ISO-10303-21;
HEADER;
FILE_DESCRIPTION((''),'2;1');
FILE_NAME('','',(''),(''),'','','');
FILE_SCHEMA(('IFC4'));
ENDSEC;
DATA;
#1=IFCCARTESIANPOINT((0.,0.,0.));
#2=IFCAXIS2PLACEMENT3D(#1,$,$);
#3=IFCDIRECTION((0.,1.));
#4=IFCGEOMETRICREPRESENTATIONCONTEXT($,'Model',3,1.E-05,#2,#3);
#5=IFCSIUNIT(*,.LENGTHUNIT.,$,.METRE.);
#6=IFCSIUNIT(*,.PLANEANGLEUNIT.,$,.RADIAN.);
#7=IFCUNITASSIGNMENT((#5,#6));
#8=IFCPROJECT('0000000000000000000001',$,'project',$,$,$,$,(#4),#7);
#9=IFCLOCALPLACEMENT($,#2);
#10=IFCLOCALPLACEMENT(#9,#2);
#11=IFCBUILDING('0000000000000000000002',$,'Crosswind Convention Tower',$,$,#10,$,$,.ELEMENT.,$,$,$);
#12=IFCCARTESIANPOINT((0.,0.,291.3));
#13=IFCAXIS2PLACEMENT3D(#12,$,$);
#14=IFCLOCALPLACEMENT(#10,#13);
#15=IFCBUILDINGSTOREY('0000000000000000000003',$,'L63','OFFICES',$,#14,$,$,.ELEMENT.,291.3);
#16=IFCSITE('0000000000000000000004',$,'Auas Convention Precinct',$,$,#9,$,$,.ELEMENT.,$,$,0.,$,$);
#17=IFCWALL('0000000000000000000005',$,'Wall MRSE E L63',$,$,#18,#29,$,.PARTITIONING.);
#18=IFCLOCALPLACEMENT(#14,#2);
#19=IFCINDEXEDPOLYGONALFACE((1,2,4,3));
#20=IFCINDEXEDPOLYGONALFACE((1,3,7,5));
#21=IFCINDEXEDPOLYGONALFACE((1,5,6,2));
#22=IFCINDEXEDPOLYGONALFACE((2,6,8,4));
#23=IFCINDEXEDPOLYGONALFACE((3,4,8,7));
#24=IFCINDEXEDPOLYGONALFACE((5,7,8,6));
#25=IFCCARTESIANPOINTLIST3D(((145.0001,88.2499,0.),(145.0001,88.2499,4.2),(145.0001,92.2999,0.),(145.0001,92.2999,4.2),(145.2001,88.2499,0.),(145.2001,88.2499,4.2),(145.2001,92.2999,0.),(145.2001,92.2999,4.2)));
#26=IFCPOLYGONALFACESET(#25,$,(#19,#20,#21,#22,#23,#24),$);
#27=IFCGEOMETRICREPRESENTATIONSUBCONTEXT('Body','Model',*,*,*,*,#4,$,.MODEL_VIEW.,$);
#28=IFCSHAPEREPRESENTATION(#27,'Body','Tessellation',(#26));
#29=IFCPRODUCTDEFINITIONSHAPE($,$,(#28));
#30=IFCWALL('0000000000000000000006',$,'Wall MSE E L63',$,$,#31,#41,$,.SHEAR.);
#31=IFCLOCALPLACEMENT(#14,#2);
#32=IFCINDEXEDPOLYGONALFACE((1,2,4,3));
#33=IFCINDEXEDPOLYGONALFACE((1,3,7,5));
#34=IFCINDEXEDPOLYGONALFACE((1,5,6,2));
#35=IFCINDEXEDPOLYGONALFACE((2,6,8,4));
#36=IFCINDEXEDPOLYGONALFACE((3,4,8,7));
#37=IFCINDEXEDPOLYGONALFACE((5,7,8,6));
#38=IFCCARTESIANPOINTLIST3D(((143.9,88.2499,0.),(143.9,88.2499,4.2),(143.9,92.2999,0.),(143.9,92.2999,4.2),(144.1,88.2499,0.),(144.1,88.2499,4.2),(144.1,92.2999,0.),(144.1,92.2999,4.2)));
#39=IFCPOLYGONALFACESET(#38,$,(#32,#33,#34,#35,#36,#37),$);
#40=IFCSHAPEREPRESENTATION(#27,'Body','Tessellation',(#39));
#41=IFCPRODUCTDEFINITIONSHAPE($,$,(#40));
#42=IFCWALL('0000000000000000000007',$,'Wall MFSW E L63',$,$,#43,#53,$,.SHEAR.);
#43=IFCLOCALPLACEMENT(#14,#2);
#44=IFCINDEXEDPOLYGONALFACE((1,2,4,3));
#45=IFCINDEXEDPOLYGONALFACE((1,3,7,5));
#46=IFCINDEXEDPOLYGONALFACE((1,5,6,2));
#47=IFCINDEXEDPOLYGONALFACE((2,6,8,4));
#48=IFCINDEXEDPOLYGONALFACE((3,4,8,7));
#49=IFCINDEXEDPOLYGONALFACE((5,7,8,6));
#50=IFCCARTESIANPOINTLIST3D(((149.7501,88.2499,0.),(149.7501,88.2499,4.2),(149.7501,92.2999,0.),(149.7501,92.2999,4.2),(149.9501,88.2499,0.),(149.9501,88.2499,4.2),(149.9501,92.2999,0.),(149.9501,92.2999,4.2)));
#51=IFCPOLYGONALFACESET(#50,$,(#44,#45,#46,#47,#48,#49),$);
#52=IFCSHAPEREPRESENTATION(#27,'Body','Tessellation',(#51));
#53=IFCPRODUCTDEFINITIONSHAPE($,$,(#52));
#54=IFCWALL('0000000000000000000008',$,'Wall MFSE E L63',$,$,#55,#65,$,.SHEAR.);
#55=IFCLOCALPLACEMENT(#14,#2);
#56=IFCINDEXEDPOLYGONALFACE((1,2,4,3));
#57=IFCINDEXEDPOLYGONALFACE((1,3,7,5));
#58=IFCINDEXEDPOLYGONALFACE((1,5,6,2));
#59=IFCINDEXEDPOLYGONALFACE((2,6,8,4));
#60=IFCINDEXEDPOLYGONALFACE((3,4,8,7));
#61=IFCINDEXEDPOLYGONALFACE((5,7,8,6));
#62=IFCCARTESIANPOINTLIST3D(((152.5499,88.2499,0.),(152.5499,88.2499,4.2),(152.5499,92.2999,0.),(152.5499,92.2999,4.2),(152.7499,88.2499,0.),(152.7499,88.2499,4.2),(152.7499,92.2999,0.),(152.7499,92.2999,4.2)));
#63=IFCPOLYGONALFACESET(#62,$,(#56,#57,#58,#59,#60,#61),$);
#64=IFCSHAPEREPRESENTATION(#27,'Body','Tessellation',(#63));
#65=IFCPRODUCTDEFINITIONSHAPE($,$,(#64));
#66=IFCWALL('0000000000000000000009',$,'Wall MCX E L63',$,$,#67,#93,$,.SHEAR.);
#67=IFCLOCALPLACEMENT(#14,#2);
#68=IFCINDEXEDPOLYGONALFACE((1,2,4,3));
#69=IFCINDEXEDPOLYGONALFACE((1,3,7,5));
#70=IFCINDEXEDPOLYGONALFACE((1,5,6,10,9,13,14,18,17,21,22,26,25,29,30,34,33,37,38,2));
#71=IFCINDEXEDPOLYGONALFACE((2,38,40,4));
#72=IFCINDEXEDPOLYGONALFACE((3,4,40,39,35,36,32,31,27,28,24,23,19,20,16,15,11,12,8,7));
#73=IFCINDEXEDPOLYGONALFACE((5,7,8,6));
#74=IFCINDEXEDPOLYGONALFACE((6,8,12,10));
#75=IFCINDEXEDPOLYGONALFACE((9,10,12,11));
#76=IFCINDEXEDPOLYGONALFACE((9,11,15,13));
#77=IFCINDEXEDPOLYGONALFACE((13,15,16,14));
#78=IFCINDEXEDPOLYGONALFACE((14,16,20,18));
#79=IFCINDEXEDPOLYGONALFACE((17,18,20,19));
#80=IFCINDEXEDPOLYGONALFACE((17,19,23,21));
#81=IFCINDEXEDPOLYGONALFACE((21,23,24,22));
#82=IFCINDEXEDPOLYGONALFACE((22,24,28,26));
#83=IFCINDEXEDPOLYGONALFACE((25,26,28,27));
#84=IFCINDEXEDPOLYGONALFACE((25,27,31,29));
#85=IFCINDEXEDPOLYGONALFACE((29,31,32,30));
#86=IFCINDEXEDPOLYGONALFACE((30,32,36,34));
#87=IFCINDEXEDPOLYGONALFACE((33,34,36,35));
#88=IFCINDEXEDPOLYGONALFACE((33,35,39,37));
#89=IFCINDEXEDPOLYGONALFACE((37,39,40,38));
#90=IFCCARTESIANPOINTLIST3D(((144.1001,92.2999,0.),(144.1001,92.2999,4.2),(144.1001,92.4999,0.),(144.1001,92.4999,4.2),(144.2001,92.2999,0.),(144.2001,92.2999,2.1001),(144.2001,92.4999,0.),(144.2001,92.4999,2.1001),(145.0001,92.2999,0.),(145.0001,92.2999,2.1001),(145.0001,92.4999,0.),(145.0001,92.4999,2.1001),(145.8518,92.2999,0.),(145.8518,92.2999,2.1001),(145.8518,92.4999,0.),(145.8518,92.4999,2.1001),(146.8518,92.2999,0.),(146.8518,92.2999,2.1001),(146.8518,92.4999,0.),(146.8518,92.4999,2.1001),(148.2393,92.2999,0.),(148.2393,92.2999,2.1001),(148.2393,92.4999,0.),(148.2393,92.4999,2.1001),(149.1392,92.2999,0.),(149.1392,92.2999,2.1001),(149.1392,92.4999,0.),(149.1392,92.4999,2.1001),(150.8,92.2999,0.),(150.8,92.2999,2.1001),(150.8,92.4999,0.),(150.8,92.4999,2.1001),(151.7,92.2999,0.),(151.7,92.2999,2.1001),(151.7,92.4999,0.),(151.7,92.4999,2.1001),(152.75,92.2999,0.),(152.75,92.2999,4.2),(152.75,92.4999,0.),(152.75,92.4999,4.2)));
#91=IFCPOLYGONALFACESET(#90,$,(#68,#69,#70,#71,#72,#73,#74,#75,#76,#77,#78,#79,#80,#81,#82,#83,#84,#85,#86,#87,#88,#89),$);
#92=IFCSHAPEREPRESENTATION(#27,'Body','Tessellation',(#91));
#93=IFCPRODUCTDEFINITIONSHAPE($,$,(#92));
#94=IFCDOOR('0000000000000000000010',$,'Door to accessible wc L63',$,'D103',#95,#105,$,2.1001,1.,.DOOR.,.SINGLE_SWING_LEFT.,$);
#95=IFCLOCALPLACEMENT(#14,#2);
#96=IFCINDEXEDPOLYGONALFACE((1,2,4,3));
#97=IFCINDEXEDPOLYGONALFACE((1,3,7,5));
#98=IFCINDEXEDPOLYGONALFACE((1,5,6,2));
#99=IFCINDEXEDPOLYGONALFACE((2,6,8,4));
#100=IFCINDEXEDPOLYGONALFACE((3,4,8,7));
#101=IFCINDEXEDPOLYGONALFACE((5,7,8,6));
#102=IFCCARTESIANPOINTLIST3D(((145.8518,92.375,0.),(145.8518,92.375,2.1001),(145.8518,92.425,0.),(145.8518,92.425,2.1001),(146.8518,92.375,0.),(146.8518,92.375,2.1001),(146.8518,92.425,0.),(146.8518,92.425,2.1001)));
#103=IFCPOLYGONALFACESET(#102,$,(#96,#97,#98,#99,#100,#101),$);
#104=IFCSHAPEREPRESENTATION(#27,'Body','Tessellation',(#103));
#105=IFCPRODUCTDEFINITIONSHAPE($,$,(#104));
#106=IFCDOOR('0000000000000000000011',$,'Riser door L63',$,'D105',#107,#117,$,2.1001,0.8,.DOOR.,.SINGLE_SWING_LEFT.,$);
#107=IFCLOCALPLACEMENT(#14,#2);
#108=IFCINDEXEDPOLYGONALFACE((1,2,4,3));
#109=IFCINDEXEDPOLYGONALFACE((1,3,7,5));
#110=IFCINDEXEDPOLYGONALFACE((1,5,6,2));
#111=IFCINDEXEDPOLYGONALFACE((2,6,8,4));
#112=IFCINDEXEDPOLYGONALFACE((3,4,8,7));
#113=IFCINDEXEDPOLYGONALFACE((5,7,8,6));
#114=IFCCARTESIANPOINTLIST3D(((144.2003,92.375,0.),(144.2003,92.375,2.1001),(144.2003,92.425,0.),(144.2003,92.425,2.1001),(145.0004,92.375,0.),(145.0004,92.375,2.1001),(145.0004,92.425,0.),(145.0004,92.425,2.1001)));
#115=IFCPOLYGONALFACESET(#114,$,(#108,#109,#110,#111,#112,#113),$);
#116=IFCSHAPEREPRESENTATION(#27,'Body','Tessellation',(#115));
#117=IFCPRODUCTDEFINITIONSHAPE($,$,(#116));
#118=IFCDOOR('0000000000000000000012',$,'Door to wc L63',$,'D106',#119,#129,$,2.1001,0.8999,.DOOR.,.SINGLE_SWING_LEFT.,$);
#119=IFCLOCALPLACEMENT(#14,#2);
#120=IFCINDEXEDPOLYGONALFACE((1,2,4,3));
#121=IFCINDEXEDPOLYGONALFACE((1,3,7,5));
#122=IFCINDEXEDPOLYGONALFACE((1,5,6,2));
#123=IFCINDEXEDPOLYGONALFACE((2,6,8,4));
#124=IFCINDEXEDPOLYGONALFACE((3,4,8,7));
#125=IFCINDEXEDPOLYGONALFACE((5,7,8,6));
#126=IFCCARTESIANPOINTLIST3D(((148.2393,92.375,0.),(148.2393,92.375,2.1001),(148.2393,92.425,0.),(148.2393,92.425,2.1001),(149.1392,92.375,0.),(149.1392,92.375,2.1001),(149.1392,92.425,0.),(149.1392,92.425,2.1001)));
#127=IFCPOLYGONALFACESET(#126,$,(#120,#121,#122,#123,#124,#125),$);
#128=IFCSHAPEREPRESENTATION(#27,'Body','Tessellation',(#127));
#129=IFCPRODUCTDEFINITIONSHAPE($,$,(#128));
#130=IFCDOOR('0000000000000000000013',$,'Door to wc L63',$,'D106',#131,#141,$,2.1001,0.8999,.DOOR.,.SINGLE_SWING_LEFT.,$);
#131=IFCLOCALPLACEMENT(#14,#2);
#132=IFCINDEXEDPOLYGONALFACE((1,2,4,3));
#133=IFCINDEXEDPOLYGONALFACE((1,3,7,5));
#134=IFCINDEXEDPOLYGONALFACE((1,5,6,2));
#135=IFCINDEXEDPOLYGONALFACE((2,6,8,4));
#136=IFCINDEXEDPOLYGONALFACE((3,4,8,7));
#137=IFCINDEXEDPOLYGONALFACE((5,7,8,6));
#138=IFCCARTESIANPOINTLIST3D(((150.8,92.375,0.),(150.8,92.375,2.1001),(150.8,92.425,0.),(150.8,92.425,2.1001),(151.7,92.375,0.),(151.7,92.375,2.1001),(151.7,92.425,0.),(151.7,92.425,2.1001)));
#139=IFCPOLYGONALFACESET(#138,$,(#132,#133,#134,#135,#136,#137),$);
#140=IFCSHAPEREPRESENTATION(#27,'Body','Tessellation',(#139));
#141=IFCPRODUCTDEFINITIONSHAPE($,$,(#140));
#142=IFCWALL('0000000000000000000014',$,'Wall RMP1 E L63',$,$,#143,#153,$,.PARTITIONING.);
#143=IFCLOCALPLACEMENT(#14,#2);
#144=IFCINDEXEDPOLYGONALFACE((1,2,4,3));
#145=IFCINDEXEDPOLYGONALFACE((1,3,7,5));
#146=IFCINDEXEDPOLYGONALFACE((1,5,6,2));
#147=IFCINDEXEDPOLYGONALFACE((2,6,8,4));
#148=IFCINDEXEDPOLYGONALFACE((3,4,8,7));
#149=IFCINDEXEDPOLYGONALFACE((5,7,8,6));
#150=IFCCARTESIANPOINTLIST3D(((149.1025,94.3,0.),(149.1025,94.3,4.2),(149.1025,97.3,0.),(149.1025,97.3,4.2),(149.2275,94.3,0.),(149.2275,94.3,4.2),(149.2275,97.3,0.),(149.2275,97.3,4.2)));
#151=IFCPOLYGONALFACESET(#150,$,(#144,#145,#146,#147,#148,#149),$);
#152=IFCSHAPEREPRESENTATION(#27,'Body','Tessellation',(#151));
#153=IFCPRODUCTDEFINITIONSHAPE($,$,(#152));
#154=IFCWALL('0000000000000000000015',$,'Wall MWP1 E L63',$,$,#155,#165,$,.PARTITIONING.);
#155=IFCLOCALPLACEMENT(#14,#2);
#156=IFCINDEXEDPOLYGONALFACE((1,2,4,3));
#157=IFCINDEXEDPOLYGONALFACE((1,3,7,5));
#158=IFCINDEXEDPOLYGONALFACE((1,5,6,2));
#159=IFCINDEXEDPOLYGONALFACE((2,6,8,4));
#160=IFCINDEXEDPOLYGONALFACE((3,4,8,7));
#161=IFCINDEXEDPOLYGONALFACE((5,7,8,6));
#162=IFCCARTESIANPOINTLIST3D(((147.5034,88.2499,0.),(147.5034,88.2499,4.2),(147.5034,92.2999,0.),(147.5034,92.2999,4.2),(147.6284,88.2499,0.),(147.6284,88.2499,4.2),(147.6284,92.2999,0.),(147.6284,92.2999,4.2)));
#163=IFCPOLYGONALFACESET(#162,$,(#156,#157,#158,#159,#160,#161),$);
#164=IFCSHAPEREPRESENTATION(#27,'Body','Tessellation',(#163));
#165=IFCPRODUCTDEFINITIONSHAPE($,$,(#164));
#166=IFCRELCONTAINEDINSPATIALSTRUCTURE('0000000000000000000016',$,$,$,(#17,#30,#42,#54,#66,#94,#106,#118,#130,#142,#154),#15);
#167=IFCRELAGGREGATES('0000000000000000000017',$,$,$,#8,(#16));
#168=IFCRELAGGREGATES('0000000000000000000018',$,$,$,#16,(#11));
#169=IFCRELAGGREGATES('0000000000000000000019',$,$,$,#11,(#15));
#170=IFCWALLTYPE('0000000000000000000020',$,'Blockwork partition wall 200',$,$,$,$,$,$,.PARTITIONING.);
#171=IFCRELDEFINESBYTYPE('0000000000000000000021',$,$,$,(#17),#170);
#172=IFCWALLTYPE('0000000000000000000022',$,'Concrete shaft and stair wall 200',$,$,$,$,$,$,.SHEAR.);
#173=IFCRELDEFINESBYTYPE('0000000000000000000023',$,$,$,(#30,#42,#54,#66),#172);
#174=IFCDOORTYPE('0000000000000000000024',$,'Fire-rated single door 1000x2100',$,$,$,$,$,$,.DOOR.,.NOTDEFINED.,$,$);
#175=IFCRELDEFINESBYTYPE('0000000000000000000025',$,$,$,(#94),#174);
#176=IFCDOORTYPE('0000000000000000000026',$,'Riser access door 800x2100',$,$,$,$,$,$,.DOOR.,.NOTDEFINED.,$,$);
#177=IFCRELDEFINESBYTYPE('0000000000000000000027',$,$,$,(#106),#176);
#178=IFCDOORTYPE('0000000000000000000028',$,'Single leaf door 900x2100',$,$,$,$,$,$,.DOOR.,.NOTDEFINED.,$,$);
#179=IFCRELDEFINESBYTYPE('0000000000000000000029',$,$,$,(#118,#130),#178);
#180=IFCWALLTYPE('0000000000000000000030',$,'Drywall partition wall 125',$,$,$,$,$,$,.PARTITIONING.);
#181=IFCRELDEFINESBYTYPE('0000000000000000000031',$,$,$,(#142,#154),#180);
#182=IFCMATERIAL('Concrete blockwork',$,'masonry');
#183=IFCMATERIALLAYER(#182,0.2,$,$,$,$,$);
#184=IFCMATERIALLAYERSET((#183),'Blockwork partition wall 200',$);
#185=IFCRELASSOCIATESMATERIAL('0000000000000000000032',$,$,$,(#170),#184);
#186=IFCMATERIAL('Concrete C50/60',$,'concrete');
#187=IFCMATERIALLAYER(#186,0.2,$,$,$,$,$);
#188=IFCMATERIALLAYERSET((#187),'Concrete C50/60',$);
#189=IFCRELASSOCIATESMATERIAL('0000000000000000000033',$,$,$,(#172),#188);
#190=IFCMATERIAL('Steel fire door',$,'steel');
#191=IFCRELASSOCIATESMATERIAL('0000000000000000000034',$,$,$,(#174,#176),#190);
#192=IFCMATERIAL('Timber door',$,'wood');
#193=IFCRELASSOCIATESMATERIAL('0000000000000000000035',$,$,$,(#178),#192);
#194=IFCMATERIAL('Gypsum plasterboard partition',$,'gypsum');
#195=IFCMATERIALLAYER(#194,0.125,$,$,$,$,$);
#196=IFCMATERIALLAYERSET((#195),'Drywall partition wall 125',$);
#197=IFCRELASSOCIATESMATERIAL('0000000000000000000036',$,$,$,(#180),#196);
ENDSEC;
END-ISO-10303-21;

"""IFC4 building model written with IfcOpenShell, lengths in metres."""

from ifc_helpers import new_model, si_unit, direction, frame, frame_2d, origin, place, context, subcontext, project, spatial, rectangle, extrude, material, layer, layer_set, type_object, element, fill, save


model = new_model("IFC4")

# Units and contexts
model_context = context("Model", 3, precision=1e-05, world=origin(), true_north=direction((0.0, 1.0)))
body_context = subcontext(model_context, "Body", "Model", "MODEL_VIEW")
ifc_project = project(units=[si_unit("LENGTHUNIT", "METRE"), si_unit("PLANEANGLEUNIT", "RADIAN")], contexts=[model_context])

# Site, building, storey
site_placement = place(None, origin())
site = spatial("IfcSite", under=ifc_project, at=site_placement, Name="Auas Convention Precinct", CompositionType="ELEMENT", RefElevation=0.0)
building_placement = place(site_placement, origin())
building = spatial("IfcBuilding", under=site, at=building_placement, Name="Crosswind Convention Tower", CompositionType="ELEMENT")
storey_placement = place(building_placement, frame((0.0, 0.0, 291.3)))
storey = spatial("IfcBuildingStorey", under=building, at=storey_placement, Name="L63", Description="OFFICES", CompositionType="ELEMENT", Elevation=291.3)

# Walls
ifc_material_1 = material(Name="Concrete blockwork", Category="masonry")
ifc_layer_1 = layer(ifc_material_1, 0.2)
ifc_layer_set_1 = layer_set([ifc_layer_1], Name="Blockwork partition wall 200")
wall_type_1 = type_object("IfcWallType", Name="Blockwork partition wall 200", PredefinedType="PARTITIONING", material=ifc_layer_set_1)
wall_1_placement = place(storey_placement, frame((145.1001, 88.25, 0.0), z_axis=(0.0, 0.0, 1.0), x_axis=(0.0, 1.0, 0.0)))
element("IfcWall", 1, at=wall_1_placement, inside=storey, type_object=wall_type_1, Name="Wall MRSE E L63", PredefinedType="PARTITIONING", context=body_context, shape_type="SweptSolid", body=[
    extrude(rectangle(XDim=4.05, YDim=0.2, at=frame_2d((2.0249, 0.0))), origin(), (0.0, 0.0, 1.0), 4.2),
])
ifc_material_2 = material(Name="Concrete C50/60", Category="concrete")
ifc_layer_2 = layer(ifc_material_2, 0.2)
ifc_layer_set_2 = layer_set([ifc_layer_2], Name="Concrete C50/60")
wall_type_2 = type_object("IfcWallType", Name="Concrete shaft and stair wall 200", PredefinedType="SHEAR", material=ifc_layer_set_2)
for number, where, z_axis, x_axis, name in (
    (2, (144.0, 88.25, 0.0), (0.0, 0.0, 1.0), (0.0, 1.0, 0.0), "Wall MSE E L63"),
    (3, (149.8501, 88.25, 0.0), (0.0, 0.0, 1.0), (0.0, 1.0, 0.0), "Wall MFSW E L63"),
    (4, (152.6499, 88.25, 0.0), (0.0, 0.0, 1.0), (0.0, 1.0, 0.0), "Wall MFSE E L63"),
):
    element("IfcWall", number, at=place(storey_placement, frame(where, z_axis=z_axis, x_axis=x_axis)), inside=storey, type_object=wall_type_2, Name=name, PredefinedType="SHEAR", context=body_context, shape_type="SweptSolid", body=[
        extrude(rectangle(XDim=4.05, YDim=0.2, at=frame_2d((2.0249, 0.0))), origin(), (0.0, 0.0, 1.0), 4.2),
    ])

# Wall, openings, doors
wall_2_placement = place(storey_placement, frame((144.1001, 92.3999, 0.0), z_axis=(0.0, 0.0, 1.0), x_axis=(1.0, 0.0, 0.0)))
wall_2 = element("IfcWall", 5, at=wall_2_placement, inside=storey, type_object=wall_type_2, Name="Wall MCX E L63", PredefinedType="SHEAR", context=body_context, shape_type="SweptSolid", body=[
    extrude(rectangle(XDim=8.6499, YDim=0.2, at=frame_2d((4.325, 0.0))), origin(), (0.0, 0.0, 1.0), 4.2),
])
opening_1_placement = place(wall_2_placement, frame((0.1001, 0.0, 0.0)))
opening_1 = element("IfcOpeningElement", 6, at=opening_1_placement, cuts=wall_2, PredefinedType="OPENING", context=body_context, shape_type="SweptSolid", body=[
    extrude(rectangle(XDim=0.8, YDim=2.1001, at=frame_2d((0.3999, 1.05))), frame((0.0, 0.1099, 0.0), z_axis=(0.0, -1.0, 0.0), x_axis=(1.0, 0.0, 0.0)), (0.0, 0.0, 1.0), 0.22),
])
opening_2_placement = place(wall_2_placement, frame((1.7517, 0.0, 0.0)))
opening_2 = element("IfcOpeningElement", 7, at=opening_2_placement, cuts=wall_2, PredefinedType="OPENING", context=body_context, shape_type="SweptSolid", body=[
    extrude(rectangle(XDim=1.0, YDim=2.1001, at=frame_2d((0.5, 1.05))), frame((0.0, 0.1099, 0.0), z_axis=(0.0, -1.0, 0.0), x_axis=(1.0, 0.0, 0.0)), (0.0, 0.0, 1.0), 0.22),
])
opening_3_placement = place(wall_2_placement, frame((4.1392, 0.0, 0.0)))
opening_3 = element("IfcOpeningElement", 8, at=opening_3_placement, cuts=wall_2, PredefinedType="OPENING", context=body_context, shape_type="SweptSolid", body=[
    extrude(rectangle(XDim=0.8999, YDim=2.1001, at=frame_2d((0.45, 1.05))), frame((0.0, 0.1099, 0.0), z_axis=(0.0, -1.0, 0.0), x_axis=(1.0, 0.0, 0.0)), (0.0, 0.0, 1.0), 0.22),
])
opening_4_placement = place(wall_2_placement, frame((6.7, 0.0, 0.0)))
opening_4 = element("IfcOpeningElement", 9, at=opening_4_placement, cuts=wall_2, PredefinedType="OPENING", context=body_context, shape_type="SweptSolid", body=[
    extrude(rectangle(XDim=0.8999, YDim=2.1001, at=frame_2d((0.45, 1.05))), frame((0.0, 0.1099, 0.0), z_axis=(0.0, -1.0, 0.0), x_axis=(1.0, 0.0, 0.0)), (0.0, 0.0, 1.0), 0.22),
])
ifc_material_3 = material(Name="Steel fire door", Category="steel")
door_type_1 = type_object("IfcDoorType", Name="Fire-rated single door 1000x2100", OperationType="NOTDEFINED", PredefinedType="DOOR", material=ifc_material_3)
door_1_placement = place(opening_2_placement, frame((1.0, 0.0, 0.0), z_axis=(0.0, 0.0, 1.0), x_axis=(-1.0, 0.0, 0.0)))
door_1 = element("IfcDoor", 10, at=door_1_placement, inside=storey, type_object=door_type_1, Name="Door to accessible wc L63", ObjectType="D103", OperationType="SINGLE_SWING_LEFT", OverallHeight=2.1001, OverallWidth=1.0, PredefinedType="DOOR", context=body_context, shape_type="SweptSolid", body=[
    extrude(rectangle(XDim=1.0, YDim=2.1001, at=frame_2d((0.5, 1.05))), frame((0.0, 0.0249, 0.0), z_axis=(0.0, -1.0, 0.0), x_axis=(1.0, 0.0, 0.0)), (0.0, 0.0, 1.0), 0.05),
])
fill(opening_2, door_1)
door_type_2 = type_object("IfcDoorType", Name="Riser access door 800x2100", OperationType="NOTDEFINED", PredefinedType="DOOR", material=ifc_material_3)
door_2_placement = place(opening_1_placement, frame((0.8, 0.0, 0.0), z_axis=(0.0, 0.0, 1.0), x_axis=(-1.0, 0.0, 0.0)))
door_2 = element("IfcDoor", 11, at=door_2_placement, inside=storey, type_object=door_type_2, Name="Riser door L63", ObjectType="D105", OperationType="SINGLE_SWING_LEFT", OverallHeight=2.1001, OverallWidth=0.8, PredefinedType="DOOR", context=body_context, shape_type="SweptSolid", body=[
    extrude(rectangle(XDim=0.8, YDim=2.1001, at=frame_2d((0.3999, 1.05))), frame((0.0, 0.0249, 0.0), z_axis=(0.0, -1.0, 0.0), x_axis=(1.0, 0.0, 0.0)), (0.0, 0.0, 1.0), 0.05),
])
fill(opening_1, door_2)
ifc_material_4 = material(Name="Timber door", Category="wood")
door_type_3 = type_object("IfcDoorType", Name="Single leaf door 900x2100", OperationType="NOTDEFINED", PredefinedType="DOOR", material=ifc_material_4)
door_3_placement = place(opening_3_placement, frame((0.8999, 0.0, 0.0), z_axis=(0.0, 0.0, 1.0), x_axis=(-1.0, 0.0, 0.0)))
door_3 = element("IfcDoor", 12, at=door_3_placement, inside=storey, type_object=door_type_3, Name="Door to wc L63", ObjectType="D106", OperationType="SINGLE_SWING_LEFT", OverallHeight=2.1001, OverallWidth=0.8999, PredefinedType="DOOR", context=body_context, shape_type="SweptSolid", body=[
    extrude(rectangle(XDim=0.8999, YDim=2.1001, at=frame_2d((0.45, 1.05))), frame((0.0, 0.0249, 0.0), z_axis=(0.0, -1.0, 0.0), x_axis=(1.0, 0.0, 0.0)), (0.0, 0.0, 1.0), 0.05),
])
fill(opening_3, door_3)
door_4_placement = place(opening_4_placement, frame((0.8999, 0.0, 0.0), z_axis=(0.0, 0.0, 1.0), x_axis=(-1.0, 0.0, 0.0)))
door_4 = element("IfcDoor", 13, at=door_4_placement, inside=storey, type_object=door_type_3, Name="Door to wc L63", ObjectType="D106", OperationType="SINGLE_SWING_LEFT", OverallHeight=2.1001, OverallWidth=0.8999, PredefinedType="DOOR", context=body_context, shape_type="SweptSolid", body=[
    extrude(rectangle(XDim=0.8999, YDim=2.1001, at=frame_2d((0.45, 1.05))), frame((0.0, 0.0249, 0.0), z_axis=(0.0, -1.0, 0.0), x_axis=(1.0, 0.0, 0.0)), (0.0, 0.0, 1.0), 0.05),
])
fill(opening_4, door_4)

# Walls
ifc_material_5 = material(Name="Gypsum plasterboard partition", Category="gypsum")
ifc_layer_3 = layer(ifc_material_5, 0.125)
ifc_layer_set_3 = layer_set([ifc_layer_3], Name="Drywall partition wall 125")
wall_type_3 = type_object("IfcWallType", Name="Drywall partition wall 125", PredefinedType="PARTITIONING", material=ifc_layer_set_3)
wall_3_placement = place(storey_placement, frame((149.165, 94.3, 0.0), z_axis=(0.0, 0.0, 1.0), x_axis=(0.0, 1.0, 0.0)))
element("IfcWall", 14, at=wall_3_placement, inside=storey, type_object=wall_type_3, Name="Wall RMP1 E L63", PredefinedType="PARTITIONING", context=body_context, shape_type="SweptSolid", body=[
    extrude(rectangle(XDim=3.0, YDim=0.125, at=frame_2d((1.5, 0.0))), origin(), (0.0, 0.0, 1.0), 4.2),
])
wall_4_placement = place(storey_placement, frame((147.5659, 88.25, 0.0), z_axis=(0.0, 0.0, 1.0), x_axis=(0.0, 1.0, 0.0)))
element("IfcWall", 15, at=wall_4_placement, inside=storey, type_object=wall_type_3, Name="Wall MWP1 E L63", PredefinedType="PARTITIONING", context=body_context, shape_type="SweptSolid", body=[
    extrude(rectangle(XDim=4.05, YDim=0.125, at=frame_2d((2.0249, 0.0))), origin(), (0.0, 0.0, 1.0), 4.2),
])

save(model, "model.ifc")
